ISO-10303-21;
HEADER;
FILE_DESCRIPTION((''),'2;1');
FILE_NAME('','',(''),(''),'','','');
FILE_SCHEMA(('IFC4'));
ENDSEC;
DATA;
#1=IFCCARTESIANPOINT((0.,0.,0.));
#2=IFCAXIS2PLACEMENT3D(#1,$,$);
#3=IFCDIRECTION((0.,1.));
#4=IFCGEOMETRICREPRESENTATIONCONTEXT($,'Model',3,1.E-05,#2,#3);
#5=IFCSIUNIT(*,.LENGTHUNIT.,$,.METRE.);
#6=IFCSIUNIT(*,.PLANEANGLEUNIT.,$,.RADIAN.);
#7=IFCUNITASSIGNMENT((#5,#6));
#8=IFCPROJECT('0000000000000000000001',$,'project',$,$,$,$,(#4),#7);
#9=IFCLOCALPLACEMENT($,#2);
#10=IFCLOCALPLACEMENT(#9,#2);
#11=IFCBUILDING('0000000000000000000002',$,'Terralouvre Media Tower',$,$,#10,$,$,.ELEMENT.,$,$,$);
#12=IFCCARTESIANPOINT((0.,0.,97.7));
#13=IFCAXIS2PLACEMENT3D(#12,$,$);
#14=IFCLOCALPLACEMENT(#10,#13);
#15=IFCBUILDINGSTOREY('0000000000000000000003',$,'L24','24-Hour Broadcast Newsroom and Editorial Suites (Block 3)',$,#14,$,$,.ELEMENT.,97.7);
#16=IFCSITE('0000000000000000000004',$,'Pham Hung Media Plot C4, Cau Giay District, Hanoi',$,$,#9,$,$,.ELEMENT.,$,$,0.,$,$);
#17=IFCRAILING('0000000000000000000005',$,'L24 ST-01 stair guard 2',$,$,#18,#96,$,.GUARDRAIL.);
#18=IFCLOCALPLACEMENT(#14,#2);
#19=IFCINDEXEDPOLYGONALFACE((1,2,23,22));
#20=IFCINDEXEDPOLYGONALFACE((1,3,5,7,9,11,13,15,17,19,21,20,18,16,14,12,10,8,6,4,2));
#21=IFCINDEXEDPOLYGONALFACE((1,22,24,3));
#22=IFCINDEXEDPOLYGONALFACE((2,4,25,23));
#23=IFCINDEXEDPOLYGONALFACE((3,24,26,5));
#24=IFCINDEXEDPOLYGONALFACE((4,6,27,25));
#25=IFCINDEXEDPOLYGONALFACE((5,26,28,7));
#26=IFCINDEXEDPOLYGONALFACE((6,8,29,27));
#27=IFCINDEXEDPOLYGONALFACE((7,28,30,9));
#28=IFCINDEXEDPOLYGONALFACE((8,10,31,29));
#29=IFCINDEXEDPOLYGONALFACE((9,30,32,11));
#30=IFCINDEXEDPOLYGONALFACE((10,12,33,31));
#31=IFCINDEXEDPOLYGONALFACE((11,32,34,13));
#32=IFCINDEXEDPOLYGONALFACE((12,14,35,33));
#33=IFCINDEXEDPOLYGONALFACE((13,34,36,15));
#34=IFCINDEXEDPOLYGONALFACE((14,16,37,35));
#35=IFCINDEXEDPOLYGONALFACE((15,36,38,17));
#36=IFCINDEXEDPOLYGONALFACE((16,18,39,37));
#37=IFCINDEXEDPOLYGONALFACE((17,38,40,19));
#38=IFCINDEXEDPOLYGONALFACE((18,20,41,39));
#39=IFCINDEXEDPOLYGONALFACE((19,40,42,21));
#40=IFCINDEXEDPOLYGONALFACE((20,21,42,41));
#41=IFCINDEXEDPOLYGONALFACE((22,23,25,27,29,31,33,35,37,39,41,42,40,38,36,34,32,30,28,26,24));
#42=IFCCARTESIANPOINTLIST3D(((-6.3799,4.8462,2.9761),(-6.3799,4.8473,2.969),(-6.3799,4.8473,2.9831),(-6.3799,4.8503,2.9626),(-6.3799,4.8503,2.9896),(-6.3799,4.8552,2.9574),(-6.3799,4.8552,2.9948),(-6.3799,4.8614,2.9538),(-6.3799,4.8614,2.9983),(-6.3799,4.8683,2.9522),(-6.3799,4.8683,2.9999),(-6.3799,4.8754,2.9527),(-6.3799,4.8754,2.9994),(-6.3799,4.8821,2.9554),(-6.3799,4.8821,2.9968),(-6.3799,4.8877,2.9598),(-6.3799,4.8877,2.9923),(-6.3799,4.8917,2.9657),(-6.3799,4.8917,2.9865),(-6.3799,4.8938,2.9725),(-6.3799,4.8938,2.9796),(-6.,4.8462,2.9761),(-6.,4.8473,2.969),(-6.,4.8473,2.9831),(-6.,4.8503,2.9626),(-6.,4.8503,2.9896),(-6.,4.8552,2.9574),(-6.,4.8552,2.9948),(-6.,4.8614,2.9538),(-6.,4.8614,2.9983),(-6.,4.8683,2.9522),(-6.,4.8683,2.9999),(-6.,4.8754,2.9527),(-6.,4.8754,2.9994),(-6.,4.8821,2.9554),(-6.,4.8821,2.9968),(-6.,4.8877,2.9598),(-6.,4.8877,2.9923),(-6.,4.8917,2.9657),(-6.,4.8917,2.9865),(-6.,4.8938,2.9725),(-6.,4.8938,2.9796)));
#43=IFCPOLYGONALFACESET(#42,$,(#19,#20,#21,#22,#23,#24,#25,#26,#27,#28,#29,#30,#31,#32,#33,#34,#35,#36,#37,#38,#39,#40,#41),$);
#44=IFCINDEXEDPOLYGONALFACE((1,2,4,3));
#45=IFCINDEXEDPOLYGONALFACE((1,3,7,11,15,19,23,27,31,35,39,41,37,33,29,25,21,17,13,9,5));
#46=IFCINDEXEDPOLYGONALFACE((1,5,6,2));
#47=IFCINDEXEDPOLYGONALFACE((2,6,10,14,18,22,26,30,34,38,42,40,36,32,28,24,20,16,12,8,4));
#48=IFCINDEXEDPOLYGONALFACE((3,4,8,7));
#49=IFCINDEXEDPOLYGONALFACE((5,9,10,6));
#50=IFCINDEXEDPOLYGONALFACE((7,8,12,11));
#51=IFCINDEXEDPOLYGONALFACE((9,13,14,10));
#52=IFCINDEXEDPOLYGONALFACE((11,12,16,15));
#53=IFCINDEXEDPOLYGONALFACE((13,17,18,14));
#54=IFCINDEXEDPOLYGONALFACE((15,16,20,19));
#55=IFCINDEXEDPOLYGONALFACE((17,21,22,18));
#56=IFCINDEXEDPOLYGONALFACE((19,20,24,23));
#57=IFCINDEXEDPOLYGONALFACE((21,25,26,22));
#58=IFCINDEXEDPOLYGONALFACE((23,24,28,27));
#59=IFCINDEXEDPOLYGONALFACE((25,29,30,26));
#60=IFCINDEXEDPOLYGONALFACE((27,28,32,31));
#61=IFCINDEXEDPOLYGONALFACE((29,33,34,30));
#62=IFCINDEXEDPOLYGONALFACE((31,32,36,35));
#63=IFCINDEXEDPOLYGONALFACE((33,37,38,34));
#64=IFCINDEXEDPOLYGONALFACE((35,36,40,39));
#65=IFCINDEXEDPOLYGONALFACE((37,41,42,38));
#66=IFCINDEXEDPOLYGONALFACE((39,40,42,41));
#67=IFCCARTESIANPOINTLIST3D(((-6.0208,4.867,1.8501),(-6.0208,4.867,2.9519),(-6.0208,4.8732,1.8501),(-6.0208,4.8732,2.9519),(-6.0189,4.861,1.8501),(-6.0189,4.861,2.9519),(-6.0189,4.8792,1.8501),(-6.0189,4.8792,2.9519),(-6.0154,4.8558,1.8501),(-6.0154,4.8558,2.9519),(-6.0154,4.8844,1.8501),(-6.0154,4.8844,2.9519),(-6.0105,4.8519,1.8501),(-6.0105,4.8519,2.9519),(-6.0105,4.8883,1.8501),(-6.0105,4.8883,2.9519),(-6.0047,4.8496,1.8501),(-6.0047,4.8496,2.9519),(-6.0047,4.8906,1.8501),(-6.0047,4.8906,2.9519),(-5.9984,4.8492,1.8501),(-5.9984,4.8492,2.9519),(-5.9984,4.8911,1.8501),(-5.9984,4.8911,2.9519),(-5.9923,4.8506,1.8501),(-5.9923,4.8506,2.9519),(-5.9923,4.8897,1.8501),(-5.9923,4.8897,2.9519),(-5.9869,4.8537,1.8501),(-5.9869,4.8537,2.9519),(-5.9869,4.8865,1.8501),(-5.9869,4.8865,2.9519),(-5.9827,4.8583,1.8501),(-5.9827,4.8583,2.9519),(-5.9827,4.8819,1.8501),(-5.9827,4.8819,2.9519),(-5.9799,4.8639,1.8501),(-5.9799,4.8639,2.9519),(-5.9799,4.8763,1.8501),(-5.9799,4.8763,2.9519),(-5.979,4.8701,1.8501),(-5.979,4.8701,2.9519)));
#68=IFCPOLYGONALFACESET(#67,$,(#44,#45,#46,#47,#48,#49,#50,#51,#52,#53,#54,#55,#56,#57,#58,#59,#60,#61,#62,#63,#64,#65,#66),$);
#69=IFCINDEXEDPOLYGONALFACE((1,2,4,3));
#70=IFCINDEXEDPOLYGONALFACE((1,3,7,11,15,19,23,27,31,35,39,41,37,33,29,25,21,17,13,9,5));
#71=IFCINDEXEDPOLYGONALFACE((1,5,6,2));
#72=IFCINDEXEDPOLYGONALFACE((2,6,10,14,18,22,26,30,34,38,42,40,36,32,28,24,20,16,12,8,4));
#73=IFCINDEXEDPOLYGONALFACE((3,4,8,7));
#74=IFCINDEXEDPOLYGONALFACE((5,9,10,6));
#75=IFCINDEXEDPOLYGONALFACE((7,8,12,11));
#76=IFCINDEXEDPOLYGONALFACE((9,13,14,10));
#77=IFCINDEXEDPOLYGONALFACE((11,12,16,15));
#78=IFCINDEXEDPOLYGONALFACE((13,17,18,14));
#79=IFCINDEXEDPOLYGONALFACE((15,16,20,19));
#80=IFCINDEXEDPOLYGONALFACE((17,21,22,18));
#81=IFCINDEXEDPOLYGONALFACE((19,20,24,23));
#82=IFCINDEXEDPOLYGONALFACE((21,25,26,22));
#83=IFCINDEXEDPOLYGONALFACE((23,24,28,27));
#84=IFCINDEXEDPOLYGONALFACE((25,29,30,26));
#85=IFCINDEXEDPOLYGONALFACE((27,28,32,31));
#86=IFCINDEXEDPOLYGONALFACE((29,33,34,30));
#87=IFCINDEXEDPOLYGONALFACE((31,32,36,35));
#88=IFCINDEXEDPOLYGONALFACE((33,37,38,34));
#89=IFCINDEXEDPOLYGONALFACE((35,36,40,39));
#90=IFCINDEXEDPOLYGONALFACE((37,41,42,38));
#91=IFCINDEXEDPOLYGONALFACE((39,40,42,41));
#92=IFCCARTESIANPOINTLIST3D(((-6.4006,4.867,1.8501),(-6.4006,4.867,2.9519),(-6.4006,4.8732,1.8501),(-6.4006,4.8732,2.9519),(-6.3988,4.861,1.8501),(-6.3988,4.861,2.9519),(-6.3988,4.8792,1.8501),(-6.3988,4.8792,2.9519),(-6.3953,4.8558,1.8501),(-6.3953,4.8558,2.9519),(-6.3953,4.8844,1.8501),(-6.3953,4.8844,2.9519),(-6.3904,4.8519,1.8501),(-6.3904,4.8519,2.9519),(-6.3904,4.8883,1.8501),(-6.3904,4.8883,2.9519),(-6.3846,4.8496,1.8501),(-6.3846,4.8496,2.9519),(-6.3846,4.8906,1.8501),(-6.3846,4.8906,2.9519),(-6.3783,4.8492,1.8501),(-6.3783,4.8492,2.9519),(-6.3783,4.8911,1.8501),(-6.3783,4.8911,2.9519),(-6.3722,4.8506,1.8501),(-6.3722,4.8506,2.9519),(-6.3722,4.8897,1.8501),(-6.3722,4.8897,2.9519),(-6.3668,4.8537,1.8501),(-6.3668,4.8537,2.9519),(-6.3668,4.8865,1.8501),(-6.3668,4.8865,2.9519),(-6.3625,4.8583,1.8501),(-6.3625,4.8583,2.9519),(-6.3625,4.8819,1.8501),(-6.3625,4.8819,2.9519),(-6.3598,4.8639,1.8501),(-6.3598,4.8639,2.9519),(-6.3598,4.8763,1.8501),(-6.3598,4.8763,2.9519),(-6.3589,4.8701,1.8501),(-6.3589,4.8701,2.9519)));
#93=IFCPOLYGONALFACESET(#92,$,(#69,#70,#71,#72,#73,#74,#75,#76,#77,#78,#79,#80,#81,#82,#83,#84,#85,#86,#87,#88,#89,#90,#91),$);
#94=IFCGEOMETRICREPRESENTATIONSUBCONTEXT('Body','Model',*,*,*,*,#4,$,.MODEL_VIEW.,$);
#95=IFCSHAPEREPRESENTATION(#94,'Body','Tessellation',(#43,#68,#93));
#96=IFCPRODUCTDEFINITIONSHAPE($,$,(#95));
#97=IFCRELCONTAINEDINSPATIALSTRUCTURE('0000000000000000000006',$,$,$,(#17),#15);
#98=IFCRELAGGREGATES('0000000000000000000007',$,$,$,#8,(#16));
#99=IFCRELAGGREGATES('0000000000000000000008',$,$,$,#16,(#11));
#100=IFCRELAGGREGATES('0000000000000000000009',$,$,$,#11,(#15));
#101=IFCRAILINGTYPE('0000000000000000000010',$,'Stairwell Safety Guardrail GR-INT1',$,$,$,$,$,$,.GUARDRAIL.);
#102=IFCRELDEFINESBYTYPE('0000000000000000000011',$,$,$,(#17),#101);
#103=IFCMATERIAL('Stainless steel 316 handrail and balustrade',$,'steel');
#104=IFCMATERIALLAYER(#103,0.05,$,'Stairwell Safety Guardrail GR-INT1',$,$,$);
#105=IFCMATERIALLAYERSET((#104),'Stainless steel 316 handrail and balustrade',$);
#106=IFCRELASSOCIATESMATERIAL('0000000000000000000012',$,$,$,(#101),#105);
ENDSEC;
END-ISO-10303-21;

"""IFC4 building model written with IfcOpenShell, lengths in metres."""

from ifc_helpers import new_model, si_unit, direction, frame, origin, origin_2d, place, context, subcontext, project, spatial, circle, extrude, material, layer, layer_set, type_object, element, save


model = new_model("IFC4")

# Units and contexts
model_context = context("Model", 3, precision=1e-05, world=origin(), true_north=direction((0.0, 1.0)))
body_context = subcontext(model_context, "Body", "Model", "MODEL_VIEW")
ifc_project = project(units=[si_unit("LENGTHUNIT", "METRE"), si_unit("PLANEANGLEUNIT", "RADIAN")], contexts=[model_context])

# Site, building, storey
site_placement = place(None, origin())
site = spatial("IfcSite", under=ifc_project, at=site_placement, Name="Pham Hung Media Plot C4, Cau Giay District, Hanoi", CompositionType="ELEMENT", RefElevation=0.0)
building_placement = place(site_placement, origin())
building = spatial("IfcBuilding", under=site, at=building_placement, Name="Terralouvre Media Tower", CompositionType="ELEMENT")
storey_placement = place(building_placement, frame((0.0, 0.0, 97.7)))
storey = spatial("IfcBuildingStorey", under=building, at=storey_placement, Name="L24", Description="24-Hour Broadcast Newsroom and Editorial Suites (Block 3)", CompositionType="ELEMENT", Elevation=97.7)

# Railing
ifc_material_1 = material(Name="Stainless steel 316 handrail and balustrade", Category="steel")
ifc_layer_1 = layer(ifc_material_1, 0.05, Name="Stairwell Safety Guardrail GR-INT1")
ifc_layer_set_1 = layer_set([ifc_layer_1], Name="Stainless steel 316 handrail and balustrade")
railing_type_1 = type_object("IfcRailingType", Name="Stairwell Safety Guardrail GR-INT1", PredefinedType="GUARDRAIL", material=ifc_layer_set_1)
railing_1_placement = place(storey_placement, frame((-6.0, 4.8701, 1.8501)))
element("IfcRailing", 1, at=railing_1_placement, inside=storey, type_object=railing_type_1, Name="L24 ST-01 stair guard 2", PredefinedType="GUARDRAIL", context=body_context, shape_type="SweptSolid", body=[
    extrude(circle(Radius=0.0239, at=origin_2d()), frame((0.0, 0.0, 1.126), z_axis=(-1.0, 0.0, 0.0), x_axis=(0.0, -1.0, 0.0)), (0.0, 0.0, 1.0), 0.3799),
    extrude(circle(Radius=0.021, at=origin_2d()), origin(), (0.0, 0.0, 1.0), 1.1018),
    extrude(circle(Radius=0.021, at=origin_2d()), frame((-0.3799, 0.0, 0.0)), (0.0, 0.0, 1.0), 1.1018),
])

save(model, "model.ifc")
